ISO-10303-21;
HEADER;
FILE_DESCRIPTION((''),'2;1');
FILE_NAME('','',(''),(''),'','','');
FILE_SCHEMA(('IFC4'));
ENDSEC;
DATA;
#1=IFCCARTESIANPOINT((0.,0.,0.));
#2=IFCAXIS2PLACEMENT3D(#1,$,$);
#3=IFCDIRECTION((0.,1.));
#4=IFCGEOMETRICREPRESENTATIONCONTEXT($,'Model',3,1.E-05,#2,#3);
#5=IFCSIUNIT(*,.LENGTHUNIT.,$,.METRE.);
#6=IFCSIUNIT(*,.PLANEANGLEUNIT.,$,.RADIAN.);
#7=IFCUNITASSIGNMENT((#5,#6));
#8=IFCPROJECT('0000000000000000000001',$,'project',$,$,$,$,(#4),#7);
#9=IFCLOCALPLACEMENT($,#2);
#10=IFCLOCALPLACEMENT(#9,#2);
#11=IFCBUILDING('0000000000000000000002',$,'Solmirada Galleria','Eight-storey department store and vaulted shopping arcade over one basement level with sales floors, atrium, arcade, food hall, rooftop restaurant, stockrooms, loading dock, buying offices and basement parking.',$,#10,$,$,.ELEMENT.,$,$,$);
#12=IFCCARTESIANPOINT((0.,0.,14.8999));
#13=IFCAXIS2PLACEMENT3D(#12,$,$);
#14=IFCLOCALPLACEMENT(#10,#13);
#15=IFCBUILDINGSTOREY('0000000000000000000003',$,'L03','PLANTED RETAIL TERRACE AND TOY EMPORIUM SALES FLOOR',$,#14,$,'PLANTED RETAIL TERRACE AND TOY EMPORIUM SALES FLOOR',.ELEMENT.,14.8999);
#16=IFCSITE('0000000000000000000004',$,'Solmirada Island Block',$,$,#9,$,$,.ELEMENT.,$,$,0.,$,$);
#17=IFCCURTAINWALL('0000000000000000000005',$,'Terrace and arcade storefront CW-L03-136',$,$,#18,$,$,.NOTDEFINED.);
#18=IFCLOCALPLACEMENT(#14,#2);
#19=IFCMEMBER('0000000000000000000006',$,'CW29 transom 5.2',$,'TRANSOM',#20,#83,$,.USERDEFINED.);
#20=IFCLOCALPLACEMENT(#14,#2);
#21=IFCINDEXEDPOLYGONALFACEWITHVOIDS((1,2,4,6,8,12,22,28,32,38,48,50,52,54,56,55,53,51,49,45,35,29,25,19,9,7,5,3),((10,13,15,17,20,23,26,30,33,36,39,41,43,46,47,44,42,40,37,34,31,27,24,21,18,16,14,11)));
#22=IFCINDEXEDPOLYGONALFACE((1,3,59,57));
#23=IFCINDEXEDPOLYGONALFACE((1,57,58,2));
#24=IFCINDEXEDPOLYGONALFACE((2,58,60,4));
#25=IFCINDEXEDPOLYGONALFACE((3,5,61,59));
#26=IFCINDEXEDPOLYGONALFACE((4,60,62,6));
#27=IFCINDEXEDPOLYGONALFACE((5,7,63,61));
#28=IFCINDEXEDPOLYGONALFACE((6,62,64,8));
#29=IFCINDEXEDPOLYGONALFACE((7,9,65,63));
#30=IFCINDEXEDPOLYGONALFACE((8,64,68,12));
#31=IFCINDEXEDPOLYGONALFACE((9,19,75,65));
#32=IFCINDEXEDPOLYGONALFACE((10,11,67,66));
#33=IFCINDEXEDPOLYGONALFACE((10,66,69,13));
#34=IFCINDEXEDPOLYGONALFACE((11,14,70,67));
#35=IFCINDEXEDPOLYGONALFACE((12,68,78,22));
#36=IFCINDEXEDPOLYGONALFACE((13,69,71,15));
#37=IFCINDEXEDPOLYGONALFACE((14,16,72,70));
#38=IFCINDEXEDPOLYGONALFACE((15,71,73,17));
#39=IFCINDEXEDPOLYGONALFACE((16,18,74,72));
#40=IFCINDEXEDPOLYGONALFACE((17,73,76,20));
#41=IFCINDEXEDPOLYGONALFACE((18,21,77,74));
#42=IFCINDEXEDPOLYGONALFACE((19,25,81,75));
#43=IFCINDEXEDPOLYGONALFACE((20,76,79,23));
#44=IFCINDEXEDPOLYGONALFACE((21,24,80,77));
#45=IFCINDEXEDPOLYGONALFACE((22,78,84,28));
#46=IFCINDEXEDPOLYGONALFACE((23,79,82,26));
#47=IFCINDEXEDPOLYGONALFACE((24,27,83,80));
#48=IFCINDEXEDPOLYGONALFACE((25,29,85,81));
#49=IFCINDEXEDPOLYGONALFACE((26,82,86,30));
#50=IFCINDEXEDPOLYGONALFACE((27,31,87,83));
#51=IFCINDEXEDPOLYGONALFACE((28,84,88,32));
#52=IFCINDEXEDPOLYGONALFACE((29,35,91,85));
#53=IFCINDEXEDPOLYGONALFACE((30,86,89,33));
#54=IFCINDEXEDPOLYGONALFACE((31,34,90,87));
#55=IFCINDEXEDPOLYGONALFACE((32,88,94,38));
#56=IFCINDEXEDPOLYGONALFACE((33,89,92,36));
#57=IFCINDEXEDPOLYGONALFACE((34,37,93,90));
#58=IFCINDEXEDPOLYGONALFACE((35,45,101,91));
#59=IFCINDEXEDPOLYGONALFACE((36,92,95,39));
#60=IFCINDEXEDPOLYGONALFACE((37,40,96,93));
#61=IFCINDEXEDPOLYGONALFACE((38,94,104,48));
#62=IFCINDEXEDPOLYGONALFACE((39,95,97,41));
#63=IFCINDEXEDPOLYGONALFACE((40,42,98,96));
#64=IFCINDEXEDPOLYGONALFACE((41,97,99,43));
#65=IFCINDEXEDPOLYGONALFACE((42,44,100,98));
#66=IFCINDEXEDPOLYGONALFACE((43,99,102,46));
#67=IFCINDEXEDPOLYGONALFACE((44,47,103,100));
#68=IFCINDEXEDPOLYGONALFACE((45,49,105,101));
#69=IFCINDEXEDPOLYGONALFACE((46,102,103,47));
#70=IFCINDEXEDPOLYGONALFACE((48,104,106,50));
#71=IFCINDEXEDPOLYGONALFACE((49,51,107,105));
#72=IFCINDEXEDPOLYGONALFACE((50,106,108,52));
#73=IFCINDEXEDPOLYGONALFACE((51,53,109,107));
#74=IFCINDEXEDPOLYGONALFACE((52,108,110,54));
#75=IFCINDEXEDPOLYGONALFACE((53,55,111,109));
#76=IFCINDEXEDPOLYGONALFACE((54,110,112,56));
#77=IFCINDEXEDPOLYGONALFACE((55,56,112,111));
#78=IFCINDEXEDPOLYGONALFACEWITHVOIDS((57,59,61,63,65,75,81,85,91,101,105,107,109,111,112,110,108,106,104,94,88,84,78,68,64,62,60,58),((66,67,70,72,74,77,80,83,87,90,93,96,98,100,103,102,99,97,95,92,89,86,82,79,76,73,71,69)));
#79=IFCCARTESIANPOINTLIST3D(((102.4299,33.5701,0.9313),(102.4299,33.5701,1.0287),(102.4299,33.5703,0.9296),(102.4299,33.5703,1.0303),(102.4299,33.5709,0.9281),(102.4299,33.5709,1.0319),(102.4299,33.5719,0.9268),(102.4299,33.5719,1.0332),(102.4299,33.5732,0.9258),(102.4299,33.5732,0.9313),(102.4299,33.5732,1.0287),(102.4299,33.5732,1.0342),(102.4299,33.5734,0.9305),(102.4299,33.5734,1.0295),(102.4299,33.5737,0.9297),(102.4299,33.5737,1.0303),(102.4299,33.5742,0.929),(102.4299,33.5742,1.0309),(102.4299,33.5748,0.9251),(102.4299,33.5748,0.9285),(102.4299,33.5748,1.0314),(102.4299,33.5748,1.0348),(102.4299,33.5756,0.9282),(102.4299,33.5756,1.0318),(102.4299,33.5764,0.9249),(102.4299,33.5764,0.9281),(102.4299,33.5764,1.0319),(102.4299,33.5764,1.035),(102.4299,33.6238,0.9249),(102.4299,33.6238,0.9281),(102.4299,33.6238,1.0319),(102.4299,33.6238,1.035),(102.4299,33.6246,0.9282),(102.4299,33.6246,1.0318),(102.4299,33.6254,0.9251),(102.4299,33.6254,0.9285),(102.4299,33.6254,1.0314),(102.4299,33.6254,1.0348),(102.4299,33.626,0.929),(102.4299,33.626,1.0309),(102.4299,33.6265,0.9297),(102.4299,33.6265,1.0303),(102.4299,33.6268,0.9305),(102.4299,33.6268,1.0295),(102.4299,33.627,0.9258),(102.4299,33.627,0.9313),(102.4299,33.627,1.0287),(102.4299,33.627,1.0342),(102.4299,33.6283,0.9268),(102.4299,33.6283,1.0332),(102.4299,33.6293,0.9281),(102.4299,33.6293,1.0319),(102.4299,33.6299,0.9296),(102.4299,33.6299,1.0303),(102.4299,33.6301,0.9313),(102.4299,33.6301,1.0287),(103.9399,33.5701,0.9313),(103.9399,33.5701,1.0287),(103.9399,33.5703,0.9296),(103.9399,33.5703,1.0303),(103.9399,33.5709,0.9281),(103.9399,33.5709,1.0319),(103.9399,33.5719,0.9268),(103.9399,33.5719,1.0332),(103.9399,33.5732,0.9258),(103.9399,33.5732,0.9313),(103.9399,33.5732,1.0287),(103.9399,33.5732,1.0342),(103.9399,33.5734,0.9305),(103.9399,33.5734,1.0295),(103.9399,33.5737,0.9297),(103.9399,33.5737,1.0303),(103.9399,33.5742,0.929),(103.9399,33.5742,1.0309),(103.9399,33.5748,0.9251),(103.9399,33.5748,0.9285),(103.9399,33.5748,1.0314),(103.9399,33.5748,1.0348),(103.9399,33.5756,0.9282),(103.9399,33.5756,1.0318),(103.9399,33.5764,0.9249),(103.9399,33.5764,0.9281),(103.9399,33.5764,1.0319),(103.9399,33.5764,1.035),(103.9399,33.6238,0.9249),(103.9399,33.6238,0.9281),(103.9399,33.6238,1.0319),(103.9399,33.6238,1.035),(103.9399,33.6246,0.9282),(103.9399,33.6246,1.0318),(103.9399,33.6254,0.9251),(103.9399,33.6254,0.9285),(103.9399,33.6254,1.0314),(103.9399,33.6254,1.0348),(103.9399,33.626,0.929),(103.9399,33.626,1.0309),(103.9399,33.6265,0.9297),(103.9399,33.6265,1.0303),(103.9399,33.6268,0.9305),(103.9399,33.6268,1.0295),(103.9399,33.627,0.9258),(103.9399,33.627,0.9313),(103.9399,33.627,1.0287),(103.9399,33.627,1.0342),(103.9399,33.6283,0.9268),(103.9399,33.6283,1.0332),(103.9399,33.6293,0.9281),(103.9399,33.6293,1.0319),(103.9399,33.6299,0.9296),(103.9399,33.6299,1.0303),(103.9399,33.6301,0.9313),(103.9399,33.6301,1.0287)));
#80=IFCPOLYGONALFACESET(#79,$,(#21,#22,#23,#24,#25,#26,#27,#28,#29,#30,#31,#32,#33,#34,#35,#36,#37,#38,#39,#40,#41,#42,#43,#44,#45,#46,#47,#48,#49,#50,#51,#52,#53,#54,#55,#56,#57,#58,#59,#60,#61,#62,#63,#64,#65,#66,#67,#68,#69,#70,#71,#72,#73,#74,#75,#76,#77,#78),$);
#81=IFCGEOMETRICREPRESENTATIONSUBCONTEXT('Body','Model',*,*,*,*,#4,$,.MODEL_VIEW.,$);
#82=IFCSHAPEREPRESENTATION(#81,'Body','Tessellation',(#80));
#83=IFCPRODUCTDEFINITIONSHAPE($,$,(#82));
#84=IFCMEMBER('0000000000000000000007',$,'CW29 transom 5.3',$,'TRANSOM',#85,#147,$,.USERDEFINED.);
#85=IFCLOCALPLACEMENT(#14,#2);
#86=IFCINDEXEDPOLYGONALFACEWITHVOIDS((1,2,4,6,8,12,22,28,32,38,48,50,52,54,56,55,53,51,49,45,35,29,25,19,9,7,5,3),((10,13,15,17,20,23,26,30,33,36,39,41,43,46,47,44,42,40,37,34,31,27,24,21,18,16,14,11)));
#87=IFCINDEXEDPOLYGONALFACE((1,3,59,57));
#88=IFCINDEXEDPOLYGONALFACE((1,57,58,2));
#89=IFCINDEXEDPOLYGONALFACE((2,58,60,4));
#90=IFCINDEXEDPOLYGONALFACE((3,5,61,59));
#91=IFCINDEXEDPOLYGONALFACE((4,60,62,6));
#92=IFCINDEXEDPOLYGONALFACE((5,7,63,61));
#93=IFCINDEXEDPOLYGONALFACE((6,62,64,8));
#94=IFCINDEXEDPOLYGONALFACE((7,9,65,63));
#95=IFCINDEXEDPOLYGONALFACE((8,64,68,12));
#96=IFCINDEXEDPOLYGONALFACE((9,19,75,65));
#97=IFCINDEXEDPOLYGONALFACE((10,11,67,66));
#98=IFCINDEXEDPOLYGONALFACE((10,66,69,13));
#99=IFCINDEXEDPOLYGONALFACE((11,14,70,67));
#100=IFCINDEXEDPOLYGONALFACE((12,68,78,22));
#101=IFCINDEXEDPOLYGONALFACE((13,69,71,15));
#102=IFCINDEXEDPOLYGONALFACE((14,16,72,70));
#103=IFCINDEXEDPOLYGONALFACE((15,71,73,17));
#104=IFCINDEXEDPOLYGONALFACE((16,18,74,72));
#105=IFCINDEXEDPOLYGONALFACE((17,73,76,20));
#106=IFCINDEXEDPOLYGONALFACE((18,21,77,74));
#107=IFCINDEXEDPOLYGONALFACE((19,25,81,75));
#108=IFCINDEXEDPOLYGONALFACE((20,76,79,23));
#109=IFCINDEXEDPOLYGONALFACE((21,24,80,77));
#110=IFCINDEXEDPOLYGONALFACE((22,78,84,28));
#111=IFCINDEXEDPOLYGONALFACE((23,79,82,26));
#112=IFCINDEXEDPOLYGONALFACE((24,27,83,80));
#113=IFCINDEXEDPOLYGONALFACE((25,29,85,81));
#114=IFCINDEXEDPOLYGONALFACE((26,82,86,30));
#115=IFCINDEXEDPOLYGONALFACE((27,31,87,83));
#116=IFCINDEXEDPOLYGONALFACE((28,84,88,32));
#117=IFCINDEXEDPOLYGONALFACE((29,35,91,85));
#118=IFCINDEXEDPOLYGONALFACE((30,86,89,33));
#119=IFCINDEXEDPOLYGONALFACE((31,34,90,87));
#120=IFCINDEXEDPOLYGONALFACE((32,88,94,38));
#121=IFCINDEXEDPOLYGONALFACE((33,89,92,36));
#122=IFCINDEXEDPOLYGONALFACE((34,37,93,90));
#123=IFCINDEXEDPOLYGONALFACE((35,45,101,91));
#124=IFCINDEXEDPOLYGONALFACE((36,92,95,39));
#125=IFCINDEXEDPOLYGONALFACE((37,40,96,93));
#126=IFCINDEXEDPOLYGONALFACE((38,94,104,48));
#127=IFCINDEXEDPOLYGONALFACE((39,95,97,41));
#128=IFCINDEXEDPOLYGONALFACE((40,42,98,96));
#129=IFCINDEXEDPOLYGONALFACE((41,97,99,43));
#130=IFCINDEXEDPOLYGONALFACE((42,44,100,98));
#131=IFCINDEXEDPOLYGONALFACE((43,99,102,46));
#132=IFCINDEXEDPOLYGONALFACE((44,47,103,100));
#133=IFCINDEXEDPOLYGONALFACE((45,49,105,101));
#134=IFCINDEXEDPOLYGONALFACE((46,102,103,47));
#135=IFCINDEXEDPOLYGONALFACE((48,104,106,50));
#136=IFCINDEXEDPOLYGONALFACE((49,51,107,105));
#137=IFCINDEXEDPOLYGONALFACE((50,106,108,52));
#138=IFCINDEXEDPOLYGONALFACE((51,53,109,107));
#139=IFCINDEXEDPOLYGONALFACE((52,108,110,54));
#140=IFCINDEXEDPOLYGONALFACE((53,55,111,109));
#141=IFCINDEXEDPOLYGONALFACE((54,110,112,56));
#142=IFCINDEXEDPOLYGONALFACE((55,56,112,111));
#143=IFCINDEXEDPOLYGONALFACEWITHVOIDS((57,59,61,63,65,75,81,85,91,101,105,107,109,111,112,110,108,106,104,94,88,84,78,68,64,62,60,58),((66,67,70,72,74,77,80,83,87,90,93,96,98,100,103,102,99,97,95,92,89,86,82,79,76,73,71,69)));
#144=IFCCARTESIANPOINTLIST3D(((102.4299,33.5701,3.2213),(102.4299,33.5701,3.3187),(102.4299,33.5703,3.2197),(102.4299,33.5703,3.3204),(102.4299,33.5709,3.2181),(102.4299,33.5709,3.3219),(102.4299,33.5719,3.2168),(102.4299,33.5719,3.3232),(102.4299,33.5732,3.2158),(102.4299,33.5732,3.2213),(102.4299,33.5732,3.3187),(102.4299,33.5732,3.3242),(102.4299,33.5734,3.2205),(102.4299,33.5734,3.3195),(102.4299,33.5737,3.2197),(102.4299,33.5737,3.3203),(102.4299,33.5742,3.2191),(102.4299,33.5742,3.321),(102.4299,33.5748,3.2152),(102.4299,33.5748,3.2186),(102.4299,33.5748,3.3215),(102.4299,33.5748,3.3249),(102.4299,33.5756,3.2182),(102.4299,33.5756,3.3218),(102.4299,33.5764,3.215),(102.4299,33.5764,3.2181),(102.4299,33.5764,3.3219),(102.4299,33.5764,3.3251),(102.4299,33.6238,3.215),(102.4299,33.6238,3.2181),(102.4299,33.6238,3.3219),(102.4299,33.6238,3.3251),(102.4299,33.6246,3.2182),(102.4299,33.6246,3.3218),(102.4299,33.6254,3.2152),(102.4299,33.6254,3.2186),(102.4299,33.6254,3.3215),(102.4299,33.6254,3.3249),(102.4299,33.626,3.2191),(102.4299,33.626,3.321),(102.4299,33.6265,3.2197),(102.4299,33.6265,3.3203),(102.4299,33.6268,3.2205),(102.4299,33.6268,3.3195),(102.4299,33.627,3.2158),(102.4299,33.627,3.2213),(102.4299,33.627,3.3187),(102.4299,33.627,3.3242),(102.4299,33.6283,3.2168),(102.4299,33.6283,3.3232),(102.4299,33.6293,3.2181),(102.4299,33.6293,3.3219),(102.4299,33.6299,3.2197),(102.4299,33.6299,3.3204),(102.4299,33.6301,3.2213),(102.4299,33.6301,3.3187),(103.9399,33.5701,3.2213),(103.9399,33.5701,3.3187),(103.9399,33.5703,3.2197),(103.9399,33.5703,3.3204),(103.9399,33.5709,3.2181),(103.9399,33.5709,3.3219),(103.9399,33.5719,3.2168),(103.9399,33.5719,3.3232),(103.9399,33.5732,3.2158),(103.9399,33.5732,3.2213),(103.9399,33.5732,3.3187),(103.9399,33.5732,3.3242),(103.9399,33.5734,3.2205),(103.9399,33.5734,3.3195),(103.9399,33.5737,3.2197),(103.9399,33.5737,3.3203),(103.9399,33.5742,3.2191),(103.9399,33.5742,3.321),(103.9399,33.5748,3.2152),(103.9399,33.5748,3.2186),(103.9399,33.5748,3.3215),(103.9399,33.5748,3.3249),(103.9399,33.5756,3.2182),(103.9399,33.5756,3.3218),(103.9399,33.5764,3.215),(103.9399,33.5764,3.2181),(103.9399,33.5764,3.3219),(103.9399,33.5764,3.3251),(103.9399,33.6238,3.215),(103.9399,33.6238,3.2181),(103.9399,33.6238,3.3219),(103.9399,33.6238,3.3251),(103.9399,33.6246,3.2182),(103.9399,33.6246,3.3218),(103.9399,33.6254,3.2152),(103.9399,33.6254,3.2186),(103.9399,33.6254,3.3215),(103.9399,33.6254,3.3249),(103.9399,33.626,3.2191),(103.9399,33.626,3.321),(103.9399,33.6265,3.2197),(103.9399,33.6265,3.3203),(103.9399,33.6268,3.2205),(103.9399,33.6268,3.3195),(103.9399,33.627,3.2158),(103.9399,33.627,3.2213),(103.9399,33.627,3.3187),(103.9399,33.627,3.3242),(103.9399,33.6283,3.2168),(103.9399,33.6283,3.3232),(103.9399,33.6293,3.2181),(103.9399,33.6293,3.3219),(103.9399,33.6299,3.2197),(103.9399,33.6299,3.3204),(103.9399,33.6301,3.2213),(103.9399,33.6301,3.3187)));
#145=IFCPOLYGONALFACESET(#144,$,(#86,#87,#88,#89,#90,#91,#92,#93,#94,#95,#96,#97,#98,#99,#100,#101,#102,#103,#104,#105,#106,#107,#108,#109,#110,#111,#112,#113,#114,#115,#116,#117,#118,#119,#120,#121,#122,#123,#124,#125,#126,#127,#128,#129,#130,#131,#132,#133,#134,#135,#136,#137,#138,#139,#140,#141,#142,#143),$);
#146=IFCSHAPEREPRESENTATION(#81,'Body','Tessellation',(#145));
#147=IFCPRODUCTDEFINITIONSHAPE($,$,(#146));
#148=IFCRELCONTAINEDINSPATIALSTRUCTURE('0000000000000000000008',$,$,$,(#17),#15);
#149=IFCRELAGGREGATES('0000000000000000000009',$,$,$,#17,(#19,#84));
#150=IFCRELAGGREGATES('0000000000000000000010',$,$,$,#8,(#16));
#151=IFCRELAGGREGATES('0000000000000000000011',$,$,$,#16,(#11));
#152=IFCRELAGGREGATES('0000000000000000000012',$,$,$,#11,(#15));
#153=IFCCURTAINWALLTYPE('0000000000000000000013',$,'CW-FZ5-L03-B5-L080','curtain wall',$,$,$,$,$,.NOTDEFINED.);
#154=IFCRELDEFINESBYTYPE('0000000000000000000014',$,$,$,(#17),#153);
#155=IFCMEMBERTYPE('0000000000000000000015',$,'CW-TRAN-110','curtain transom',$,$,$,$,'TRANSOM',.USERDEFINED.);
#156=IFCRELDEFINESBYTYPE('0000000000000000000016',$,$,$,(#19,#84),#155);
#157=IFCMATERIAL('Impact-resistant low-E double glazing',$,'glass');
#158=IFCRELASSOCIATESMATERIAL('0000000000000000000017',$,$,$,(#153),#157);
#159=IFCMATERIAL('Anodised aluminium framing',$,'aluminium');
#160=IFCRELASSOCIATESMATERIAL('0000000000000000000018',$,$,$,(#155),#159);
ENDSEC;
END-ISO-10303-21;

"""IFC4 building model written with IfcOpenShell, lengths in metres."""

from ifc_helpers import new_model, si_unit, direction, frame, origin, origin_2d, place, context, subcontext, project, spatial, hollow_rectangle, extrude, material, material_profile, profile_set, type_object, element, aggregate, save


model = new_model("IFC4")

# Units and contexts
model_context = context("Model", 3, precision=1e-05, world=origin(), true_north=direction((0.0, 1.0)))
body_context = subcontext(model_context, "Body", "Model", "MODEL_VIEW")
ifc_project = project(units=[si_unit("LENGTHUNIT", "METRE"), si_unit("PLANEANGLEUNIT", "RADIAN")], contexts=[model_context])

# Site, building, storey
site_placement = place(None, origin())
site = spatial("IfcSite", under=ifc_project, at=site_placement, Name="Solmirada Island Block", CompositionType="ELEMENT", RefElevation=0.0)
building_placement = place(site_placement, origin())
building = spatial("IfcBuilding", under=site, at=building_placement, Name="Solmirada Galleria", Description="Eight-storey department store and vaulted shopping arcade over one basement level with sales floors, atrium, arcade, food hall, rooftop restaurant, stockrooms, loading dock, buying offices and basement parking.", CompositionType="ELEMENT")
storey_placement = place(building_placement, frame((0.0, 0.0, 14.8999)))
storey = spatial("IfcBuildingStorey", under=building, at=storey_placement, Name="L03", Description="PLANTED RETAIL TERRACE AND TOY EMPORIUM SALES FLOOR", LongName="PLANTED RETAIL TERRACE AND TOY EMPORIUM SALES FLOOR", CompositionType="ELEMENT", Elevation=14.8999)

# Curtain wall
ifc_material_1 = material(Name="Impact-resistant low-E double glazing", Category="glass")
curtain_wall_type = type_object("IfcCurtainWallType", Name="CW-FZ5-L03-B5-L080", Description="curtain wall", PredefinedType="NOTDEFINED", material=ifc_material_1)
curtain_wall_1_placement = place(storey_placement, origin())
curtain_wall_1 = element("IfcCurtainWall", 1, at=curtain_wall_1_placement, inside=storey, type_object=curtain_wall_type, Name="Terrace and arcade storefront CW-L03-136", PredefinedType="NOTDEFINED")
ifc_material_2 = material(Name="Anodised aluminium framing", Category="aluminium")

# Members
ifc_material_profile_1 = material_profile(ifc_material_2, hollow_rectangle(XDim=0.0601, YDim=0.1101, WallThickness=0.0032, InnerFilletRadius=0.0032, OuterFilletRadius=0.0063, at=origin_2d()), Name="ALU-TRAN-110X60")
ifc_profile_set_1 = profile_set([ifc_material_profile_1], Name="Anodised aluminium framing")
member_type_1 = type_object("IfcMemberType", Name="CW-TRAN-110", Description="curtain transom", ElementType="TRANSOM", PredefinedType="USERDEFINED", material=ifc_profile_set_1)
member_1_placement = place(storey_placement, frame((102.4299, 33.6001, 0.98), z_axis=(1.0, 0.0, 0.0), x_axis=(0.0, 1.0, 0.0)))
member_1 = element("IfcMember", 2, at=member_1_placement, type_object=member_type_1, Name="CW29 transom 5.2", ObjectType="TRANSOM", PredefinedType="USERDEFINED", context=body_context, shape_type="SweptSolid", body=[
    extrude(hollow_rectangle(XDim=0.0601, YDim=0.1101, WallThickness=0.0032, InnerFilletRadius=0.0032, OuterFilletRadius=0.0063, at=origin_2d()), origin(), (0.0, 0.0, 1.0), 1.51),
])
member_2_placement = place(storey_placement, frame((102.4299, 33.6001, 3.27), z_axis=(1.0, 0.0, 0.0), x_axis=(0.0, 1.0, 0.0)))
member_2 = element("IfcMember", 3, at=member_2_placement, type_object=member_type_1, Name="CW29 transom 5.3", ObjectType="TRANSOM", PredefinedType="USERDEFINED", context=body_context, shape_type="SweptSolid", body=[
    extrude(hollow_rectangle(XDim=0.0601, YDim=0.1101, WallThickness=0.0032, InnerFilletRadius=0.0032, OuterFilletRadius=0.0063, at=origin_2d()), origin(), (0.0, 0.0, 1.0), 1.51),
])

aggregate(curtain_wall_1, [member_1, member_2])

save(model, "model.ifc")
